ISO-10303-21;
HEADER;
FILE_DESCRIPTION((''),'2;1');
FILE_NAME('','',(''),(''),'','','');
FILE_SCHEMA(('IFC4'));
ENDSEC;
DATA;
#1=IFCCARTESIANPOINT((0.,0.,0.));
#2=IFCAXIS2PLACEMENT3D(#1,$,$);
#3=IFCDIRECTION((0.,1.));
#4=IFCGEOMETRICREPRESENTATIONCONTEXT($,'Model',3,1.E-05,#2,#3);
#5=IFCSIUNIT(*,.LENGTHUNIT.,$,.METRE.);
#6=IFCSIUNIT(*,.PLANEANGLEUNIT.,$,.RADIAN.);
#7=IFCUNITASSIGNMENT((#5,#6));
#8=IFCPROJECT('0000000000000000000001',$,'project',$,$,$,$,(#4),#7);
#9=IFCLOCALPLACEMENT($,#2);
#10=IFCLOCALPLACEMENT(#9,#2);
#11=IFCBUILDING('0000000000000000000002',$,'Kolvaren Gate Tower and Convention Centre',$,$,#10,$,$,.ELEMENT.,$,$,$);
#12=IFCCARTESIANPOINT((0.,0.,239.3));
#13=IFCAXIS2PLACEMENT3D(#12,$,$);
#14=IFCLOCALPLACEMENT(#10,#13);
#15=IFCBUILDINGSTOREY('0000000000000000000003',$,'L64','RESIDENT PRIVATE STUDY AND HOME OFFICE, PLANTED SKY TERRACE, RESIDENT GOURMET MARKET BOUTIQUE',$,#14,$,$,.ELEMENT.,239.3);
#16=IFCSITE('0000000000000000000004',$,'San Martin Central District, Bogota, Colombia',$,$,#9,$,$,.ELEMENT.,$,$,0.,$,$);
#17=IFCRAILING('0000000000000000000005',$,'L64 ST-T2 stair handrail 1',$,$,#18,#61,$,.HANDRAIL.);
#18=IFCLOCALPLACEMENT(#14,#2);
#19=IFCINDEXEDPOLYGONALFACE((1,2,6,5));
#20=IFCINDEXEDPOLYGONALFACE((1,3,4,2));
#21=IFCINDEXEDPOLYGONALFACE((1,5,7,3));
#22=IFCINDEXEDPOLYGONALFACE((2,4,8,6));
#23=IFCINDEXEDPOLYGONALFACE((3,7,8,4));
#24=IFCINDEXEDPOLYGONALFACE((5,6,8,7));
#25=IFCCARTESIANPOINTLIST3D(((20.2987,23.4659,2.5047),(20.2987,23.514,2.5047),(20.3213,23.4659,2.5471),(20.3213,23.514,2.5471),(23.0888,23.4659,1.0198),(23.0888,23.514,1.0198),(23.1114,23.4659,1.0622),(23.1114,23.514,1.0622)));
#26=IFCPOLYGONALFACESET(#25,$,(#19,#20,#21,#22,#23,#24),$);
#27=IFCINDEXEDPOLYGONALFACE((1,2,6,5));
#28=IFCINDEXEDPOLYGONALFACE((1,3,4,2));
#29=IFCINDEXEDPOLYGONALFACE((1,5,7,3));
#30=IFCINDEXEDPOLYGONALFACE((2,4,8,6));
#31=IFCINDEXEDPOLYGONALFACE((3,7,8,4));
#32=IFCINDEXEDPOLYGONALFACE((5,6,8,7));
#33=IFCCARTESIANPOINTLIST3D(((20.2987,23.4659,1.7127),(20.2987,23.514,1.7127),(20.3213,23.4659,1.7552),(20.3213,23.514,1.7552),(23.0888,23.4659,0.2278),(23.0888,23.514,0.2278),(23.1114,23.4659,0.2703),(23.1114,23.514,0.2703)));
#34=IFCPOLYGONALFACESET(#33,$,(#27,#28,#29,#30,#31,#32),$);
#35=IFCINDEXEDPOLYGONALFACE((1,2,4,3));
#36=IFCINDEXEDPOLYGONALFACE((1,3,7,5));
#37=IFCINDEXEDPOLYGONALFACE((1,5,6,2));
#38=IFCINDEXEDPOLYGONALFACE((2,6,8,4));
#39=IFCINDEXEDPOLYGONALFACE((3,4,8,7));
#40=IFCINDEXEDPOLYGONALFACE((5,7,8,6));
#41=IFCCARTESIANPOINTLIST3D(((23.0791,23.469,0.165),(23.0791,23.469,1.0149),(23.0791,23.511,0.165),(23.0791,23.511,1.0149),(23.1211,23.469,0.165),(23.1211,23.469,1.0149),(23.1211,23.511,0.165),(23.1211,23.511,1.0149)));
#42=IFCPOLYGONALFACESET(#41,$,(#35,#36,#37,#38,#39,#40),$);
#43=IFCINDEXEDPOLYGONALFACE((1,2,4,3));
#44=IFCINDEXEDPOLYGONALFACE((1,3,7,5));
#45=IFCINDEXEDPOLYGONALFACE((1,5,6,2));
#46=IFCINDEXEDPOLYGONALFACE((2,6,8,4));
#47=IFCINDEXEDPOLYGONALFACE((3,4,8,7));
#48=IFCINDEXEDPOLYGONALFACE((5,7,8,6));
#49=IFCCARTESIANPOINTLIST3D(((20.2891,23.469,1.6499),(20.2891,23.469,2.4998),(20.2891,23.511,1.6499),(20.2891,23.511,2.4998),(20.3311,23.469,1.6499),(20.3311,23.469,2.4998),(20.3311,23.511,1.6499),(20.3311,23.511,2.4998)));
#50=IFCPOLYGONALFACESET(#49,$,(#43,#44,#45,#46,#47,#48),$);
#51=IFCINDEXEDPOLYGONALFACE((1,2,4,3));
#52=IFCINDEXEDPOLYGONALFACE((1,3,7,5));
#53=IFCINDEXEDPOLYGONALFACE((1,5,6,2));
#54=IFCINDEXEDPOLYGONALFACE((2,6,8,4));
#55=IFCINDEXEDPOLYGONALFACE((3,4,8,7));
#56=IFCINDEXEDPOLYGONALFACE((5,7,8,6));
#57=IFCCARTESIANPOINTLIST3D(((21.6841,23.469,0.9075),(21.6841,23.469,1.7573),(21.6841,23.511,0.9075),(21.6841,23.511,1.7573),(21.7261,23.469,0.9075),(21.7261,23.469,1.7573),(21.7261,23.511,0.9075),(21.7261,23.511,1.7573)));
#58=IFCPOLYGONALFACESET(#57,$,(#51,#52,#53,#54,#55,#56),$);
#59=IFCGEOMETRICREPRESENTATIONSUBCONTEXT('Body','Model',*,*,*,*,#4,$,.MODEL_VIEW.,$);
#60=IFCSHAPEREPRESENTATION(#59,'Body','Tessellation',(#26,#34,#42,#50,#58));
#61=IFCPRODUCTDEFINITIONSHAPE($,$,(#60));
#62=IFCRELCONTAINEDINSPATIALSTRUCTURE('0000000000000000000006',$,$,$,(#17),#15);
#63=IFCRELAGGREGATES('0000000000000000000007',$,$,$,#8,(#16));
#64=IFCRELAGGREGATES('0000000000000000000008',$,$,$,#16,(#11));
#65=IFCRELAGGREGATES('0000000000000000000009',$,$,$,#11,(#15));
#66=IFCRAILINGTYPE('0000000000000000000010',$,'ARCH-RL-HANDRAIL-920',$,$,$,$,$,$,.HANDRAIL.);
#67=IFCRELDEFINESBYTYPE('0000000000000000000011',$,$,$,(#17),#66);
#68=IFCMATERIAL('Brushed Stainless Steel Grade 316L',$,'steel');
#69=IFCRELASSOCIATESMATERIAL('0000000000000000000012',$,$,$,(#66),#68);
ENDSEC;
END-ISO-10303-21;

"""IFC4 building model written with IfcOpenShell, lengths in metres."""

from ifc_helpers import new_model, si_unit, direction, frame, origin, origin_2d, place, context, subcontext, project, spatial, rectangle, extrude, material, type_object, element, save


model = new_model("IFC4")

# Units and contexts
model_context = context("Model", 3, precision=1e-05, world=origin(), true_north=direction((0.0, 1.0)))
body_context = subcontext(model_context, "Body", "Model", "MODEL_VIEW")
ifc_project = project(units=[si_unit("LENGTHUNIT", "METRE"), si_unit("PLANEANGLEUNIT", "RADIAN")], contexts=[model_context])

# Site, building, storey
site_placement = place(None, origin())
site = spatial("IfcSite", under=ifc_project, at=site_placement, Name="San Martin Central District, Bogota, Colombia", CompositionType="ELEMENT", RefElevation=0.0)
building_placement = place(site_placement, origin())
building = spatial("IfcBuilding", under=site, at=building_placement, Name="Kolvaren Gate Tower and Convention Centre", CompositionType="ELEMENT")
storey_placement = place(building_placement, frame((0.0, 0.0, 239.3)))
storey = spatial("IfcBuildingStorey", under=building, at=storey_placement, Name="L64", Description="RESIDENT PRIVATE STUDY AND HOME OFFICE, PLANTED SKY TERRACE, RESIDENT GOURMET MARKET BOUTIQUE", CompositionType="ELEMENT", Elevation=239.3)

# Shared definitions
ifc_material_1 = material(Name="Brushed Stainless Steel Grade 316L", Category="steel")

# Railing
railing_type_1 = type_object("IfcRailingType", Name="ARCH-RL-HANDRAIL-920", PredefinedType="HANDRAIL", material=ifc_material_1)
railing_1_placement = place(storey_placement, frame((23.1001, 23.49, 0.165)))
element("IfcRailing", 1, at=railing_1_placement, inside=storey, type_object=railing_type_1, Name="L64 ST-T2 stair handrail 1", PredefinedType="HANDRAIL", context=body_context, shape_type="SweptSolid", body=[
    extrude(rectangle(XDim=0.0481, YDim=0.0481, at=origin_2d()), frame((0.0, 0.0, 0.876), z_axis=(-0.882767, 0.0, 0.46981), x_axis=(0.0, -1.0, 0.0)), (0.0, 0.0, 1.0), 3.1606),
    extrude(rectangle(XDim=0.0481, YDim=0.0481, at=origin_2d()), frame((0.0, 0.0, 0.084), z_axis=(-0.882767, 0.0, 0.46981), x_axis=(0.0, -1.0, 0.0)), (0.0, 0.0, 1.0), 3.1606),
    extrude(rectangle(XDim=0.042, YDim=0.042, at=origin_2d()), origin(), (0.0, 0.0, 1.0), 0.8499),
    extrude(rectangle(XDim=0.042, YDim=0.042, at=origin_2d()), frame((-2.79, 0.0, 1.4849)), (0.0, 0.0, 1.0), 0.8499),
    extrude(rectangle(XDim=0.042, YDim=0.042, at=origin_2d()), frame((-1.395, 0.0, 0.7424)), (0.0, 0.0, 1.0), 0.8499),
])

save(model, "model.ifc")
